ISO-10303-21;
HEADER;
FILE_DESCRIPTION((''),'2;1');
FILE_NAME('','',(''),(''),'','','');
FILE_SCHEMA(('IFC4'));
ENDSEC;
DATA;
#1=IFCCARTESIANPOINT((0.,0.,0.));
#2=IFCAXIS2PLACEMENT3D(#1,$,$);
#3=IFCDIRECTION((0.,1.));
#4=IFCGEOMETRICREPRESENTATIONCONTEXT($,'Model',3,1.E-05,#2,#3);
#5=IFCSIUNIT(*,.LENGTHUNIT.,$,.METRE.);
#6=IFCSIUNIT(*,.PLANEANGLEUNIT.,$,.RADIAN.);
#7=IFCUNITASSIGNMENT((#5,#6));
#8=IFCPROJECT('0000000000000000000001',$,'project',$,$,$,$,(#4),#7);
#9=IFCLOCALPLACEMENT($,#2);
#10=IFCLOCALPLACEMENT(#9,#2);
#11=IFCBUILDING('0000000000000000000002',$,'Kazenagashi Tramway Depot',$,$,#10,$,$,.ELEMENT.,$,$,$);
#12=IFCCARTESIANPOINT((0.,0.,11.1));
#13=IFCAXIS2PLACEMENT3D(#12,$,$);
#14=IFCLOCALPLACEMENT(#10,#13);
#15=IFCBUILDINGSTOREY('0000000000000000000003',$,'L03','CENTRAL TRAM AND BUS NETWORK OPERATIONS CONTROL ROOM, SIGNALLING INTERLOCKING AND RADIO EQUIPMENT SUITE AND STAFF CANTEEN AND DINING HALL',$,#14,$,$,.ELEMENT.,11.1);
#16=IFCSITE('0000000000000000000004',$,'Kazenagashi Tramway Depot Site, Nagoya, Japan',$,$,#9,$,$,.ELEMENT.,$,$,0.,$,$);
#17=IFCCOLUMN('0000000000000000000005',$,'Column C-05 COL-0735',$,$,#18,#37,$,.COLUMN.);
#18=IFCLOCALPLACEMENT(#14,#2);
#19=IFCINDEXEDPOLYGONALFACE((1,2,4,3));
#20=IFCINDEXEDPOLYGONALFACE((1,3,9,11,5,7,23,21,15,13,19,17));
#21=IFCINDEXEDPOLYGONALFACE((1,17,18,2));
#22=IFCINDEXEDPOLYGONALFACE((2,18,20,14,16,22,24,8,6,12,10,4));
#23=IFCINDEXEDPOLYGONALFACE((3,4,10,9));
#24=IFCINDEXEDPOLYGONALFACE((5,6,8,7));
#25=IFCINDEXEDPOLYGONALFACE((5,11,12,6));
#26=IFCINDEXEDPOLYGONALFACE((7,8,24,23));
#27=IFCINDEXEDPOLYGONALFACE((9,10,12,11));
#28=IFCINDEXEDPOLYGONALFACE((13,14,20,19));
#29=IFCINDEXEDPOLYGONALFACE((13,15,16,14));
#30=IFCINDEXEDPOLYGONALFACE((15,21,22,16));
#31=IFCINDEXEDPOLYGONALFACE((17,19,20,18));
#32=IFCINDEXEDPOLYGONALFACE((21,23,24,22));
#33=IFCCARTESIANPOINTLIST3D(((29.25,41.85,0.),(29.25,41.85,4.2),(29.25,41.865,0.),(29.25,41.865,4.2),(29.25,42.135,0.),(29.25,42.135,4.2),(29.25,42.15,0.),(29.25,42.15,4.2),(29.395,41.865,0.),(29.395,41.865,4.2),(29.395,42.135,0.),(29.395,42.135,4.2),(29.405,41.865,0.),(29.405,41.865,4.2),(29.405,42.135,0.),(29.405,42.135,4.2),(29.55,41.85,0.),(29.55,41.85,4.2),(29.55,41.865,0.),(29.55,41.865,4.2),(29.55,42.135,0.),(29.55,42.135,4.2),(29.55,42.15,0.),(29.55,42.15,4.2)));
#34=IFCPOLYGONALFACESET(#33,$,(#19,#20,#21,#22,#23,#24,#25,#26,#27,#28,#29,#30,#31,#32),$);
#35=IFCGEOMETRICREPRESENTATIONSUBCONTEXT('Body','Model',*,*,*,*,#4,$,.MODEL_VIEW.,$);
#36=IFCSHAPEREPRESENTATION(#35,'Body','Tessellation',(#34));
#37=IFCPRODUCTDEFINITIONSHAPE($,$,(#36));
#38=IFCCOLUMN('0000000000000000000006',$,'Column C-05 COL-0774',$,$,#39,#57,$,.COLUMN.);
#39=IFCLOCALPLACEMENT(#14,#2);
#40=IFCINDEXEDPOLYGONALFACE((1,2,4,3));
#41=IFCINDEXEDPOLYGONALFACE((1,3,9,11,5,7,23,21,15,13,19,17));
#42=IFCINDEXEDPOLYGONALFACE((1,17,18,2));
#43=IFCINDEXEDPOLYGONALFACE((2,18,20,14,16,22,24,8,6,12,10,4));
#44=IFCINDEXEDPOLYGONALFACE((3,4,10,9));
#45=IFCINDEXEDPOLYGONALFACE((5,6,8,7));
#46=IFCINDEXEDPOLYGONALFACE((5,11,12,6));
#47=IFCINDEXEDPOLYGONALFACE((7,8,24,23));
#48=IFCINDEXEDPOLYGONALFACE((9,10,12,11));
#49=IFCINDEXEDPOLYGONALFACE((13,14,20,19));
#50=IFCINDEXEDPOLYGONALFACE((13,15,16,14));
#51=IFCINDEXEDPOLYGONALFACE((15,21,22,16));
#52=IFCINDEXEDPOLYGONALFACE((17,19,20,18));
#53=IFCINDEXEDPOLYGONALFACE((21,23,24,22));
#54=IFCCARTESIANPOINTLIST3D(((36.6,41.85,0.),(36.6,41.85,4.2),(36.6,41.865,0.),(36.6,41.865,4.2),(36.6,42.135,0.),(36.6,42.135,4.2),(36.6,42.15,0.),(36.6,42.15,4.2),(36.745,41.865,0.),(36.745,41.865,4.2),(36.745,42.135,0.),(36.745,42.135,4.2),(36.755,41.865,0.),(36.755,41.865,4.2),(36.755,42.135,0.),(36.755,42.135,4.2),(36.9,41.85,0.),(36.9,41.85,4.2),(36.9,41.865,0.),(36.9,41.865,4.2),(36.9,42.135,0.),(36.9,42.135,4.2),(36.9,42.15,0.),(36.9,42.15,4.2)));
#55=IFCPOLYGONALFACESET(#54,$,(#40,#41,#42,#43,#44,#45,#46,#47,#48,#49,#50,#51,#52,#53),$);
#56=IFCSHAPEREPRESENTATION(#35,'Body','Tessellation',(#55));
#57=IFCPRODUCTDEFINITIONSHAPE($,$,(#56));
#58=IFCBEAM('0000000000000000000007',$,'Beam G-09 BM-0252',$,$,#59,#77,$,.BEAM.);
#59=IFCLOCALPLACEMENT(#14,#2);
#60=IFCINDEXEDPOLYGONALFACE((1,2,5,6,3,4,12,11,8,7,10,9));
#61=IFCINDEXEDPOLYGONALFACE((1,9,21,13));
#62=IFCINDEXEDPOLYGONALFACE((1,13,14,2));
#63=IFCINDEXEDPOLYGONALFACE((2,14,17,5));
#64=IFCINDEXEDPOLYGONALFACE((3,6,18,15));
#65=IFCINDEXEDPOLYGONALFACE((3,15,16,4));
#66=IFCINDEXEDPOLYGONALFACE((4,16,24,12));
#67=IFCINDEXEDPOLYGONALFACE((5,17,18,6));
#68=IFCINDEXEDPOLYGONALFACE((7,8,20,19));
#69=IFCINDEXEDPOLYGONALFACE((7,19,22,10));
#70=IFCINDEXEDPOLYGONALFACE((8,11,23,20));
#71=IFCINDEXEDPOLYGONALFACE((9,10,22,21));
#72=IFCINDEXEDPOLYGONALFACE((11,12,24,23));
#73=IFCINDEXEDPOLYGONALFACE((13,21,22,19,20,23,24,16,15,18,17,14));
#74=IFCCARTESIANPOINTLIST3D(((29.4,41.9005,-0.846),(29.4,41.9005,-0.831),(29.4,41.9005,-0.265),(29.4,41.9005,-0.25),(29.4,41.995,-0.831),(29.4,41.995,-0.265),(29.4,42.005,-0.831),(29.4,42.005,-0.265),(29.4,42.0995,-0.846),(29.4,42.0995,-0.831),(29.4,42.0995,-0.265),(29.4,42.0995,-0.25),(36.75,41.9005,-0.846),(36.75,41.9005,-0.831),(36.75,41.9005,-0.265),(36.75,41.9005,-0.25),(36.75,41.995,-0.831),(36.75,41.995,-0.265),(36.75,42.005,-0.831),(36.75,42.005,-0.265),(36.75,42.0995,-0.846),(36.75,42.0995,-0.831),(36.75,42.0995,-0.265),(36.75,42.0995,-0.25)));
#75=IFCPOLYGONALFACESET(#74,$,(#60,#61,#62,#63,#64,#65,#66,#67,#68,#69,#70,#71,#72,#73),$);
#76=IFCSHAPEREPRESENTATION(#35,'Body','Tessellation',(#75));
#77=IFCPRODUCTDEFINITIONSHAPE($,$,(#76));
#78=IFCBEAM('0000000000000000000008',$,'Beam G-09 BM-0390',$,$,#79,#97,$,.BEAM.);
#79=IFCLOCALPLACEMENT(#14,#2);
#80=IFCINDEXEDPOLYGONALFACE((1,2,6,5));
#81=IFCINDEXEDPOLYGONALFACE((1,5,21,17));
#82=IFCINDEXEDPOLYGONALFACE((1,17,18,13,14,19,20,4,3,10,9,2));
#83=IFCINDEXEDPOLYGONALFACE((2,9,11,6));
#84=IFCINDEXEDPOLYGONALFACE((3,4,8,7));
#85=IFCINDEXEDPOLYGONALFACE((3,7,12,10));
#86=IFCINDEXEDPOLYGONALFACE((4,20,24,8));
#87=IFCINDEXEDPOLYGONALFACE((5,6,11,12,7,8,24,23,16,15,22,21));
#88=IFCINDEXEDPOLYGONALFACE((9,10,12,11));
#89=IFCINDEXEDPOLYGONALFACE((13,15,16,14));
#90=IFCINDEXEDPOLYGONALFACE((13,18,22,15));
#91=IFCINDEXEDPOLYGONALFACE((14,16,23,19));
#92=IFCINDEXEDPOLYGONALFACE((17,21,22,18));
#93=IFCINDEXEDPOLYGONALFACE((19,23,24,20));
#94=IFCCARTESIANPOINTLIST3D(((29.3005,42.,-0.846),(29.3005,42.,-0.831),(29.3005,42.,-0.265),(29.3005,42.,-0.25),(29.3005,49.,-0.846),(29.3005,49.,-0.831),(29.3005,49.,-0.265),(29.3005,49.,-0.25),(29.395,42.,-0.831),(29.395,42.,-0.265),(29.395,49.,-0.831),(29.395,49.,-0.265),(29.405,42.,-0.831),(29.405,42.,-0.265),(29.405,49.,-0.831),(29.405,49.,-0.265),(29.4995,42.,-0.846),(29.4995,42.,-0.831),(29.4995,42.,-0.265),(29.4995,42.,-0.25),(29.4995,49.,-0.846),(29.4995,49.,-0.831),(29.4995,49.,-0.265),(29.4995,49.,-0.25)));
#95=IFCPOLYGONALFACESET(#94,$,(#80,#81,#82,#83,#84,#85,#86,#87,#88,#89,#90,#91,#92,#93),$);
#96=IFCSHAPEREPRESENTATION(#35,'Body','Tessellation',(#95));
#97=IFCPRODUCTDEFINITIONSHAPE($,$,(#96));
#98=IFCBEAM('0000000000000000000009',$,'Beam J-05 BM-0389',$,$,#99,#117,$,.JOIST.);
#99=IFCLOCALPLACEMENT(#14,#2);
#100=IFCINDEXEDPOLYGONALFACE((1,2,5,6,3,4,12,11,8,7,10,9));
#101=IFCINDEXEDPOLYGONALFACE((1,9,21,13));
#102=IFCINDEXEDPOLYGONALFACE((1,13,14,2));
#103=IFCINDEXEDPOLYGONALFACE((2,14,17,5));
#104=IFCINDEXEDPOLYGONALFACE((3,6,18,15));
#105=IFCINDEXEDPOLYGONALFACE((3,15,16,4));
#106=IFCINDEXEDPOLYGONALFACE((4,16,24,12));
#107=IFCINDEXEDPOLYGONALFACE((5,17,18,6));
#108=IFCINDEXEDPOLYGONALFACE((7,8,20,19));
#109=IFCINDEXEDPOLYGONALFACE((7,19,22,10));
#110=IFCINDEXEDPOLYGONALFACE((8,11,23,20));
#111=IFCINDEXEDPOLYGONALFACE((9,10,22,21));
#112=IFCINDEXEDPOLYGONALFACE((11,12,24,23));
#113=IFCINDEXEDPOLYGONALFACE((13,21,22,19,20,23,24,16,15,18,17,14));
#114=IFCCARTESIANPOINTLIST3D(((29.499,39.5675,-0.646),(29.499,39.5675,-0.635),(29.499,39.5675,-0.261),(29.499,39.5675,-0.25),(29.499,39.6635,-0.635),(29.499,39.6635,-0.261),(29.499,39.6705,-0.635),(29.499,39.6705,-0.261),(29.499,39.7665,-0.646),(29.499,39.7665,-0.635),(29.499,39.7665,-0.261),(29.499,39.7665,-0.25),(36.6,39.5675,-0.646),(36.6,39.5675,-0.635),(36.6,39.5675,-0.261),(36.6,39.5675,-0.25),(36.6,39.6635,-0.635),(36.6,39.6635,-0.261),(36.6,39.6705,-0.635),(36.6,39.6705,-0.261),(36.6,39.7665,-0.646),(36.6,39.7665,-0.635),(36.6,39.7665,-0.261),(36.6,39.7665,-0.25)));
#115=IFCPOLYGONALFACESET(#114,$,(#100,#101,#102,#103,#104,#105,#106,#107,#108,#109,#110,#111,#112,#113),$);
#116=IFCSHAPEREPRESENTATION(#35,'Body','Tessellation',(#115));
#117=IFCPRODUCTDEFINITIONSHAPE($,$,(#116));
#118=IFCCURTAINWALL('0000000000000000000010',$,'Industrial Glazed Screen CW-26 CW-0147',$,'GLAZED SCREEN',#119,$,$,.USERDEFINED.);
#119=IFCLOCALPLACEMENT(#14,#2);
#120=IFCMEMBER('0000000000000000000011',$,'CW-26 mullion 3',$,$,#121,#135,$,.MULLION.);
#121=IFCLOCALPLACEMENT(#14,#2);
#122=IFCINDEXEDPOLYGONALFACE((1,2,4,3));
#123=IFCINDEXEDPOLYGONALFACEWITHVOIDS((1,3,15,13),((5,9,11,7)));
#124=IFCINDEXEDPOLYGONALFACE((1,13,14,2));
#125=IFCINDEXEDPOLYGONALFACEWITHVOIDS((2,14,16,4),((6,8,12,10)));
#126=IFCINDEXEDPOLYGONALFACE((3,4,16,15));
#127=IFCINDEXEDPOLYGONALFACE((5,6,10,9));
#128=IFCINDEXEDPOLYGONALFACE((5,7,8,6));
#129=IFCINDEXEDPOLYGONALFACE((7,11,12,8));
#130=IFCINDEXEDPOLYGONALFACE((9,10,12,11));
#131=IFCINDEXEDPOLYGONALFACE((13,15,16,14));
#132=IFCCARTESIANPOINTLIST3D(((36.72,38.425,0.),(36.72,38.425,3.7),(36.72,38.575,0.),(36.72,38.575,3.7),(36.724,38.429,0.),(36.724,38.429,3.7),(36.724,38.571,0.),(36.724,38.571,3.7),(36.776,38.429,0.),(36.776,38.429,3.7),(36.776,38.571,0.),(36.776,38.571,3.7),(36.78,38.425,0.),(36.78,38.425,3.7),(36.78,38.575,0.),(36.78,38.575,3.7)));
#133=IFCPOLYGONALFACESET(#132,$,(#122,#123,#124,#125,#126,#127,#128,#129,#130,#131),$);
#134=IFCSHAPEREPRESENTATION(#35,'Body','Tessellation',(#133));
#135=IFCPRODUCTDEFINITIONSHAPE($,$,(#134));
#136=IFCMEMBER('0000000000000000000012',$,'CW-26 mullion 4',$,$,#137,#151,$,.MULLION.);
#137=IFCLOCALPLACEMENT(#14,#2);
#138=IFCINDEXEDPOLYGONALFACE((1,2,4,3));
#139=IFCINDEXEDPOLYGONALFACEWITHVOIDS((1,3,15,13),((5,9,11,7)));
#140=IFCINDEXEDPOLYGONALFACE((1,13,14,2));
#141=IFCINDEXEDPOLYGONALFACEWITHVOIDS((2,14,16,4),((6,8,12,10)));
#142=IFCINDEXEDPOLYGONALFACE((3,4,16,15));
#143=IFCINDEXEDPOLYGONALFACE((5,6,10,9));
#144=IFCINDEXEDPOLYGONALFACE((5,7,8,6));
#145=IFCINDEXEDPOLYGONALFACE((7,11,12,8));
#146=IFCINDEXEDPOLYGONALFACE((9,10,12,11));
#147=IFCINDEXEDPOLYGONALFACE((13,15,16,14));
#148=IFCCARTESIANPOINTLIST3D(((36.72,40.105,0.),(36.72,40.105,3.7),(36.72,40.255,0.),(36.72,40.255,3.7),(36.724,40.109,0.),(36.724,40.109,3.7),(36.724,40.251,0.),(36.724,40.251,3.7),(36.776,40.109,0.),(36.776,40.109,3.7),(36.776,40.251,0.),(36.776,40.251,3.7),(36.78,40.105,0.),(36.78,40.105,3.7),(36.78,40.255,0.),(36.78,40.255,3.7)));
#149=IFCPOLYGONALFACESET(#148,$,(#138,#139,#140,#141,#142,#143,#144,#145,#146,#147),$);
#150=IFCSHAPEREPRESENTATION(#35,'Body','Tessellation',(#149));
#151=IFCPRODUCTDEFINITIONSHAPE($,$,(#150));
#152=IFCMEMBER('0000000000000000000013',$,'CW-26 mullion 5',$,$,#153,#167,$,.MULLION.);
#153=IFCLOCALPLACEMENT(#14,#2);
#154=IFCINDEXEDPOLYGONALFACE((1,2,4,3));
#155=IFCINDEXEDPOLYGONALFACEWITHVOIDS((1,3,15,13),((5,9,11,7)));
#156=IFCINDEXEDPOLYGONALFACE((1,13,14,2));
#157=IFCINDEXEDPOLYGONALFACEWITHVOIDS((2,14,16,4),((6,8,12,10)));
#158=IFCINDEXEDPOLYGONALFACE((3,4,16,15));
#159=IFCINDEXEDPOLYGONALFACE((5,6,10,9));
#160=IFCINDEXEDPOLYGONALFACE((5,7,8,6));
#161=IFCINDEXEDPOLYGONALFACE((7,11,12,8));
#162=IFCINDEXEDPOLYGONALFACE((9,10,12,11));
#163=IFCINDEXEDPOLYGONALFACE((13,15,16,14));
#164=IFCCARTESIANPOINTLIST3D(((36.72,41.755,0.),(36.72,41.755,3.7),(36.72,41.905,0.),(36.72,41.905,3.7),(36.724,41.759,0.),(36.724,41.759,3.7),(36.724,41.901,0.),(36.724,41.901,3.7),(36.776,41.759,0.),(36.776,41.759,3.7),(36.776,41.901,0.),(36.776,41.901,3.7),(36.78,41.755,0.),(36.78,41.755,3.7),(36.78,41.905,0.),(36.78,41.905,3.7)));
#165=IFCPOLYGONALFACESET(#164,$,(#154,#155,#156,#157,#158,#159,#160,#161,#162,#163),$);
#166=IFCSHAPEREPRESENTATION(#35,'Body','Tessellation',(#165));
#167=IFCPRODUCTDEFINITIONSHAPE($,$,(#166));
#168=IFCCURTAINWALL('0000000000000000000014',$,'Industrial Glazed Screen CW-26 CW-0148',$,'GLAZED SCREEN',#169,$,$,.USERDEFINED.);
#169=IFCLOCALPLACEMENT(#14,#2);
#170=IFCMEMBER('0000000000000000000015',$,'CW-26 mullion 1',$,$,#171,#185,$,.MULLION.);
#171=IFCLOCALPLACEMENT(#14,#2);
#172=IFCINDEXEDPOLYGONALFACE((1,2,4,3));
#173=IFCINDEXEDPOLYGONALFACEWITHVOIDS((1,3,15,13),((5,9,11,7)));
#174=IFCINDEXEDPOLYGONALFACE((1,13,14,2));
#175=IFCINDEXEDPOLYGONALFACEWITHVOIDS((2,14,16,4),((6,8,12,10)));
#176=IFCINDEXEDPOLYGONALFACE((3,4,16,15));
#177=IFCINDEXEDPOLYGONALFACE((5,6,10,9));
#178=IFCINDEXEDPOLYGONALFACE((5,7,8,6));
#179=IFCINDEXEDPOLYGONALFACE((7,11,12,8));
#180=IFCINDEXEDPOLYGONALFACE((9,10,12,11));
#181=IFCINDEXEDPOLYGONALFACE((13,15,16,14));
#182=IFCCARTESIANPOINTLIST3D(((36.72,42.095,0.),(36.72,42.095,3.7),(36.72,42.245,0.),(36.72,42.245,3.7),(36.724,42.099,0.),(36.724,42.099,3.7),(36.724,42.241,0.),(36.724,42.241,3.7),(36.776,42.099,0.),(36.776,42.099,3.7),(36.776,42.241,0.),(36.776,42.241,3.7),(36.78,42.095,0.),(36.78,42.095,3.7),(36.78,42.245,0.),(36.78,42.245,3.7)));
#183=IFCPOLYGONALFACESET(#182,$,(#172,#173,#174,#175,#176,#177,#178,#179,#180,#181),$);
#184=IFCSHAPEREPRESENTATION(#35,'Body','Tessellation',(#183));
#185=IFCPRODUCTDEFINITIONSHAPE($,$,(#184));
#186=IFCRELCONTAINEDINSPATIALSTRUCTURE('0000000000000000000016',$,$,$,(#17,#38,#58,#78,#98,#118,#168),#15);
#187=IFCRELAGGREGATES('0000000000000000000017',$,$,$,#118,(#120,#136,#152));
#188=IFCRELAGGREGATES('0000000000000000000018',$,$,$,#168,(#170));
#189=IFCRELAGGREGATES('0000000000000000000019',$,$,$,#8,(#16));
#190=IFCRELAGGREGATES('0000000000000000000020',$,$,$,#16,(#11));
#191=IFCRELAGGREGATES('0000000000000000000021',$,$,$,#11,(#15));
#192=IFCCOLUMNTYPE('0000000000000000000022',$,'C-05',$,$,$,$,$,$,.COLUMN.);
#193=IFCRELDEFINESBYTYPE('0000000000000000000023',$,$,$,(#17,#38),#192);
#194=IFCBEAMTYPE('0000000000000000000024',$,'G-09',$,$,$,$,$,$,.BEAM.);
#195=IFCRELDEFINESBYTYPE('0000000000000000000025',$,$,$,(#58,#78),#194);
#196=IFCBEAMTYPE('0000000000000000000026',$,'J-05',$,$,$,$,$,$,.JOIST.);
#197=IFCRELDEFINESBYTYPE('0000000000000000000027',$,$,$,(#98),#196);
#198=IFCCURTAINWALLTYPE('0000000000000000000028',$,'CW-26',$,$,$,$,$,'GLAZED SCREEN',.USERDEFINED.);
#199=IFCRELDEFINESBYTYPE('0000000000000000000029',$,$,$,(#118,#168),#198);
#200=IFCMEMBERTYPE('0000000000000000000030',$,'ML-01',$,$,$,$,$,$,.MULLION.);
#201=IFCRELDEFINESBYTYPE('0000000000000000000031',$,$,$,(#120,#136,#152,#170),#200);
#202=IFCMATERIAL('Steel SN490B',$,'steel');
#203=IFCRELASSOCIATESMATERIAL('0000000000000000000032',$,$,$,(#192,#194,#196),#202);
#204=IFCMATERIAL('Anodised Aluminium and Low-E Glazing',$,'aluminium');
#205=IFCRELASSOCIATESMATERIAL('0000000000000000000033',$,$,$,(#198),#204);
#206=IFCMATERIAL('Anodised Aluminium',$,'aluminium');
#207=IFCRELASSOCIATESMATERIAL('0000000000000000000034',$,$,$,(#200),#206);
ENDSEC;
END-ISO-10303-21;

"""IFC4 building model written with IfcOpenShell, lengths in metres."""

from ifc_helpers import new_model, si_unit, direction, frame, origin, origin_2d, place, context, subcontext, project, spatial, hollow_rectangle, i_section, extrude, material, material_profile, profile_set, type_object, element, aggregate, save


model = new_model("IFC4")

# Units and contexts
model_context = context("Model", 3, precision=1e-05, world=origin(), true_north=direction((0.0, 1.0)))
body_context = subcontext(model_context, "Body", "Model", "MODEL_VIEW")
ifc_project = project(units=[si_unit("LENGTHUNIT", "METRE"), si_unit("PLANEANGLEUNIT", "RADIAN")], contexts=[model_context])

# Site, building, storey
site_placement = place(None, origin())
site = spatial("IfcSite", under=ifc_project, at=site_placement, Name="Kazenagashi Tramway Depot Site, Nagoya, Japan", CompositionType="ELEMENT", RefElevation=0.0)
building_placement = place(site_placement, origin())
building = spatial("IfcBuilding", under=site, at=building_placement, Name="Kazenagashi Tramway Depot", CompositionType="ELEMENT")
storey_placement = place(building_placement, frame((0.0, 0.0, 11.1)))
storey = spatial("IfcBuildingStorey", under=building, at=storey_placement, Name="L03", Description="CENTRAL TRAM AND BUS NETWORK OPERATIONS CONTROL ROOM, SIGNALLING INTERLOCKING AND RADIO EQUIPMENT SUITE AND STAFF CANTEEN AND DINING HALL", CompositionType="ELEMENT", Elevation=11.1)

# Columns
ifc_material_1 = material(Name="Steel SN490B", Category="steel")
ifc_material_profile_1 = material_profile(ifc_material_1, i_section(OverallWidth=0.3, OverallDepth=0.3, WebThickness=0.01, FlangeThickness=0.015, at=origin_2d()), Name="H-300x300x10x15")
ifc_profile_set_1 = profile_set([ifc_material_profile_1], Name="Steel SN490B")
column_type = type_object("IfcColumnType", Name="C-05", PredefinedType="COLUMN", material=ifc_profile_set_1)
for number, where, z_axis, x_axis, name in (
    (1, (29.4, 42.0, 0.0), (0.0, 0.0, 1.0), (1.0, 0.0, 0.0), "Column C-05 COL-0735"),
    (2, (36.75, 42.0, 0.0), (0.0, 0.0, 1.0), (1.0, 0.0, 0.0), "Column C-05 COL-0774"),
):
    element("IfcColumn", number, at=place(storey_placement, frame(where, z_axis=z_axis, x_axis=x_axis)), inside=storey, type_object=column_type, Name=name, PredefinedType="COLUMN", context=body_context, shape_type="SweptSolid", body=[
        extrude(i_section(OverallWidth=0.3, OverallDepth=0.3, WebThickness=0.01, FlangeThickness=0.015, at=origin_2d()), origin(), (0.0, 0.0, 1.0), 4.2),
    ])

# Beams
ifc_material_profile_2 = material_profile(ifc_material_1, i_section(OverallWidth=0.199, OverallDepth=0.596, WebThickness=0.01, FlangeThickness=0.015, at=origin_2d()), Name="H-596x199x10x15")
ifc_profile_set_2 = profile_set([ifc_material_profile_2], Name="Steel SN490B")
beam_type_1 = type_object("IfcBeamType", Name="G-09", PredefinedType="BEAM", material=ifc_profile_set_2)
beam_1_placement = place(storey_placement, frame((29.4, 42.0, -0.548), z_axis=(1.0, 0.0, 0.0), x_axis=(0.0, 1.0, 0.0)))
element("IfcBeam", 3, at=beam_1_placement, inside=storey, type_object=beam_type_1, Name="Beam G-09 BM-0252", PredefinedType="BEAM", context=body_context, shape_type="SweptSolid", body=[
    extrude(i_section(OverallWidth=0.199, OverallDepth=0.596, WebThickness=0.01, FlangeThickness=0.015, at=origin_2d()), origin(), (0.0, 0.0, 1.0), 7.35),
])
beam_2_placement = place(storey_placement, frame((29.4, 42.0, -0.548), z_axis=(0.0, 1.0, 0.0), x_axis=(-1.0, 0.0, 0.0)))
element("IfcBeam", 4, at=beam_2_placement, inside=storey, type_object=beam_type_1, Name="Beam G-09 BM-0390", PredefinedType="BEAM", context=body_context, shape_type="SweptSolid", body=[
    extrude(i_section(OverallWidth=0.199, OverallDepth=0.596, WebThickness=0.01, FlangeThickness=0.015, at=origin_2d()), origin(), (0.0, 0.0, 1.0), 7.0),
])
ifc_material_profile_3 = material_profile(ifc_material_1, i_section(OverallWidth=0.199, OverallDepth=0.396, WebThickness=0.007, FlangeThickness=0.011, at=origin_2d()), Name="H-396x199x7x11")
ifc_profile_set_3 = profile_set([ifc_material_profile_3], Name="Steel SN490B")
beam_type_2 = type_object("IfcBeamType", Name="J-05", PredefinedType="JOIST", material=ifc_profile_set_3)
beam_3_placement = place(storey_placement, frame((29.499, 39.667, -0.448), z_axis=(1.0, 0.0, 0.0), x_axis=(0.0, 1.0, 0.0)))
element("IfcBeam", 5, at=beam_3_placement, inside=storey, type_object=beam_type_2, Name="Beam J-05 BM-0389", PredefinedType="JOIST", context=body_context, shape_type="SweptSolid", body=[
    extrude(i_section(OverallWidth=0.199, OverallDepth=0.396, WebThickness=0.007, FlangeThickness=0.011, at=origin_2d()), origin(), (0.0, 0.0, 1.0), 7.101),
])

# Curtain wall, members
ifc_material_2 = material(Name="Anodised Aluminium and Low-E Glazing", Category="aluminium")
curtain_wall_type = type_object("IfcCurtainWallType", Name="CW-26", ElementType="GLAZED SCREEN", PredefinedType="USERDEFINED", material=ifc_material_2)
curtain_wall_1_placement = place(storey_placement, origin())
curtain_wall_1 = element("IfcCurtainWall", 6, at=curtain_wall_1_placement, inside=storey, type_object=curtain_wall_type, Name="Industrial Glazed Screen CW-26 CW-0147", ObjectType="GLAZED SCREEN", PredefinedType="USERDEFINED")
ifc_material_3 = material(Name="Anodised Aluminium", Category="aluminium")
ifc_material_profile_4 = material_profile(ifc_material_3, hollow_rectangle(XDim=0.06, YDim=0.15, WallThickness=0.004, at=origin_2d()), Name="RHS-150x60x4")
ifc_profile_set_4 = profile_set([ifc_material_profile_4], Name="Anodised Aluminium")
member_type_1 = type_object("IfcMemberType", Name="ML-01", PredefinedType="MULLION", material=ifc_profile_set_4)
member_1_placement = place(storey_placement, frame((36.75, 38.5, 0.0), z_axis=(0.0, 0.0, 1.0), x_axis=(-1.0, 0.0, 0.0)))
member_1 = element("IfcMember", 7, at=member_1_placement, type_object=member_type_1, Name="CW-26 mullion 3", PredefinedType="MULLION", context=body_context, shape_type="SweptSolid", body=[
    extrude(hollow_rectangle(XDim=0.06, YDim=0.15, WallThickness=0.004, at=origin_2d()), origin(), (0.0, 0.0, 1.0), 3.7),
])
member_2_placement = place(storey_placement, frame((36.75, 40.18, 0.0), z_axis=(0.0, 0.0, 1.0), x_axis=(-1.0, 0.0, 0.0)))
member_2 = element("IfcMember", 8, at=member_2_placement, type_object=member_type_1, Name="CW-26 mullion 4", PredefinedType="MULLION", context=body_context, shape_type="SweptSolid", body=[
    extrude(hollow_rectangle(XDim=0.06, YDim=0.15, WallThickness=0.004, at=origin_2d()), origin(), (0.0, 0.0, 1.0), 3.7),
])
member_3_placement = place(storey_placement, frame((36.75, 41.83, 0.0), z_axis=(0.0, 0.0, 1.0), x_axis=(-1.0, 0.0, 0.0)))
member_3 = element("IfcMember", 9, at=member_3_placement, type_object=member_type_1, Name="CW-26 mullion 5", PredefinedType="MULLION", context=body_context, shape_type="SweptSolid", body=[
    extrude(hollow_rectangle(XDim=0.06, YDim=0.15, WallThickness=0.004, at=origin_2d()), origin(), (0.0, 0.0, 1.0), 3.7),
])

# Curtain wall, member
curtain_wall_2_placement = place(storey_placement, origin())
curtain_wall_2 = element("IfcCurtainWall", 10, at=curtain_wall_2_placement, inside=storey, type_object=curtain_wall_type, Name="Industrial Glazed Screen CW-26 CW-0148", ObjectType="GLAZED SCREEN", PredefinedType="USERDEFINED")
member_4_placement = place(storey_placement, frame((36.75, 42.17, 0.0), z_axis=(0.0, 0.0, 1.0), x_axis=(-1.0, 0.0, 0.0)))
member_4 = element("IfcMember", 11, at=member_4_placement, type_object=member_type_1, Name="CW-26 mullion 1", PredefinedType="MULLION", context=body_context, shape_type="SweptSolid", body=[
    extrude(hollow_rectangle(XDim=0.06, YDim=0.15, WallThickness=0.004, at=origin_2d()), origin(), (0.0, 0.0, 1.0), 3.7),
])

aggregate(curtain_wall_1, [member_1, member_2, member_3])
aggregate(curtain_wall_2, [member_4])

save(model, "model.ifc")
